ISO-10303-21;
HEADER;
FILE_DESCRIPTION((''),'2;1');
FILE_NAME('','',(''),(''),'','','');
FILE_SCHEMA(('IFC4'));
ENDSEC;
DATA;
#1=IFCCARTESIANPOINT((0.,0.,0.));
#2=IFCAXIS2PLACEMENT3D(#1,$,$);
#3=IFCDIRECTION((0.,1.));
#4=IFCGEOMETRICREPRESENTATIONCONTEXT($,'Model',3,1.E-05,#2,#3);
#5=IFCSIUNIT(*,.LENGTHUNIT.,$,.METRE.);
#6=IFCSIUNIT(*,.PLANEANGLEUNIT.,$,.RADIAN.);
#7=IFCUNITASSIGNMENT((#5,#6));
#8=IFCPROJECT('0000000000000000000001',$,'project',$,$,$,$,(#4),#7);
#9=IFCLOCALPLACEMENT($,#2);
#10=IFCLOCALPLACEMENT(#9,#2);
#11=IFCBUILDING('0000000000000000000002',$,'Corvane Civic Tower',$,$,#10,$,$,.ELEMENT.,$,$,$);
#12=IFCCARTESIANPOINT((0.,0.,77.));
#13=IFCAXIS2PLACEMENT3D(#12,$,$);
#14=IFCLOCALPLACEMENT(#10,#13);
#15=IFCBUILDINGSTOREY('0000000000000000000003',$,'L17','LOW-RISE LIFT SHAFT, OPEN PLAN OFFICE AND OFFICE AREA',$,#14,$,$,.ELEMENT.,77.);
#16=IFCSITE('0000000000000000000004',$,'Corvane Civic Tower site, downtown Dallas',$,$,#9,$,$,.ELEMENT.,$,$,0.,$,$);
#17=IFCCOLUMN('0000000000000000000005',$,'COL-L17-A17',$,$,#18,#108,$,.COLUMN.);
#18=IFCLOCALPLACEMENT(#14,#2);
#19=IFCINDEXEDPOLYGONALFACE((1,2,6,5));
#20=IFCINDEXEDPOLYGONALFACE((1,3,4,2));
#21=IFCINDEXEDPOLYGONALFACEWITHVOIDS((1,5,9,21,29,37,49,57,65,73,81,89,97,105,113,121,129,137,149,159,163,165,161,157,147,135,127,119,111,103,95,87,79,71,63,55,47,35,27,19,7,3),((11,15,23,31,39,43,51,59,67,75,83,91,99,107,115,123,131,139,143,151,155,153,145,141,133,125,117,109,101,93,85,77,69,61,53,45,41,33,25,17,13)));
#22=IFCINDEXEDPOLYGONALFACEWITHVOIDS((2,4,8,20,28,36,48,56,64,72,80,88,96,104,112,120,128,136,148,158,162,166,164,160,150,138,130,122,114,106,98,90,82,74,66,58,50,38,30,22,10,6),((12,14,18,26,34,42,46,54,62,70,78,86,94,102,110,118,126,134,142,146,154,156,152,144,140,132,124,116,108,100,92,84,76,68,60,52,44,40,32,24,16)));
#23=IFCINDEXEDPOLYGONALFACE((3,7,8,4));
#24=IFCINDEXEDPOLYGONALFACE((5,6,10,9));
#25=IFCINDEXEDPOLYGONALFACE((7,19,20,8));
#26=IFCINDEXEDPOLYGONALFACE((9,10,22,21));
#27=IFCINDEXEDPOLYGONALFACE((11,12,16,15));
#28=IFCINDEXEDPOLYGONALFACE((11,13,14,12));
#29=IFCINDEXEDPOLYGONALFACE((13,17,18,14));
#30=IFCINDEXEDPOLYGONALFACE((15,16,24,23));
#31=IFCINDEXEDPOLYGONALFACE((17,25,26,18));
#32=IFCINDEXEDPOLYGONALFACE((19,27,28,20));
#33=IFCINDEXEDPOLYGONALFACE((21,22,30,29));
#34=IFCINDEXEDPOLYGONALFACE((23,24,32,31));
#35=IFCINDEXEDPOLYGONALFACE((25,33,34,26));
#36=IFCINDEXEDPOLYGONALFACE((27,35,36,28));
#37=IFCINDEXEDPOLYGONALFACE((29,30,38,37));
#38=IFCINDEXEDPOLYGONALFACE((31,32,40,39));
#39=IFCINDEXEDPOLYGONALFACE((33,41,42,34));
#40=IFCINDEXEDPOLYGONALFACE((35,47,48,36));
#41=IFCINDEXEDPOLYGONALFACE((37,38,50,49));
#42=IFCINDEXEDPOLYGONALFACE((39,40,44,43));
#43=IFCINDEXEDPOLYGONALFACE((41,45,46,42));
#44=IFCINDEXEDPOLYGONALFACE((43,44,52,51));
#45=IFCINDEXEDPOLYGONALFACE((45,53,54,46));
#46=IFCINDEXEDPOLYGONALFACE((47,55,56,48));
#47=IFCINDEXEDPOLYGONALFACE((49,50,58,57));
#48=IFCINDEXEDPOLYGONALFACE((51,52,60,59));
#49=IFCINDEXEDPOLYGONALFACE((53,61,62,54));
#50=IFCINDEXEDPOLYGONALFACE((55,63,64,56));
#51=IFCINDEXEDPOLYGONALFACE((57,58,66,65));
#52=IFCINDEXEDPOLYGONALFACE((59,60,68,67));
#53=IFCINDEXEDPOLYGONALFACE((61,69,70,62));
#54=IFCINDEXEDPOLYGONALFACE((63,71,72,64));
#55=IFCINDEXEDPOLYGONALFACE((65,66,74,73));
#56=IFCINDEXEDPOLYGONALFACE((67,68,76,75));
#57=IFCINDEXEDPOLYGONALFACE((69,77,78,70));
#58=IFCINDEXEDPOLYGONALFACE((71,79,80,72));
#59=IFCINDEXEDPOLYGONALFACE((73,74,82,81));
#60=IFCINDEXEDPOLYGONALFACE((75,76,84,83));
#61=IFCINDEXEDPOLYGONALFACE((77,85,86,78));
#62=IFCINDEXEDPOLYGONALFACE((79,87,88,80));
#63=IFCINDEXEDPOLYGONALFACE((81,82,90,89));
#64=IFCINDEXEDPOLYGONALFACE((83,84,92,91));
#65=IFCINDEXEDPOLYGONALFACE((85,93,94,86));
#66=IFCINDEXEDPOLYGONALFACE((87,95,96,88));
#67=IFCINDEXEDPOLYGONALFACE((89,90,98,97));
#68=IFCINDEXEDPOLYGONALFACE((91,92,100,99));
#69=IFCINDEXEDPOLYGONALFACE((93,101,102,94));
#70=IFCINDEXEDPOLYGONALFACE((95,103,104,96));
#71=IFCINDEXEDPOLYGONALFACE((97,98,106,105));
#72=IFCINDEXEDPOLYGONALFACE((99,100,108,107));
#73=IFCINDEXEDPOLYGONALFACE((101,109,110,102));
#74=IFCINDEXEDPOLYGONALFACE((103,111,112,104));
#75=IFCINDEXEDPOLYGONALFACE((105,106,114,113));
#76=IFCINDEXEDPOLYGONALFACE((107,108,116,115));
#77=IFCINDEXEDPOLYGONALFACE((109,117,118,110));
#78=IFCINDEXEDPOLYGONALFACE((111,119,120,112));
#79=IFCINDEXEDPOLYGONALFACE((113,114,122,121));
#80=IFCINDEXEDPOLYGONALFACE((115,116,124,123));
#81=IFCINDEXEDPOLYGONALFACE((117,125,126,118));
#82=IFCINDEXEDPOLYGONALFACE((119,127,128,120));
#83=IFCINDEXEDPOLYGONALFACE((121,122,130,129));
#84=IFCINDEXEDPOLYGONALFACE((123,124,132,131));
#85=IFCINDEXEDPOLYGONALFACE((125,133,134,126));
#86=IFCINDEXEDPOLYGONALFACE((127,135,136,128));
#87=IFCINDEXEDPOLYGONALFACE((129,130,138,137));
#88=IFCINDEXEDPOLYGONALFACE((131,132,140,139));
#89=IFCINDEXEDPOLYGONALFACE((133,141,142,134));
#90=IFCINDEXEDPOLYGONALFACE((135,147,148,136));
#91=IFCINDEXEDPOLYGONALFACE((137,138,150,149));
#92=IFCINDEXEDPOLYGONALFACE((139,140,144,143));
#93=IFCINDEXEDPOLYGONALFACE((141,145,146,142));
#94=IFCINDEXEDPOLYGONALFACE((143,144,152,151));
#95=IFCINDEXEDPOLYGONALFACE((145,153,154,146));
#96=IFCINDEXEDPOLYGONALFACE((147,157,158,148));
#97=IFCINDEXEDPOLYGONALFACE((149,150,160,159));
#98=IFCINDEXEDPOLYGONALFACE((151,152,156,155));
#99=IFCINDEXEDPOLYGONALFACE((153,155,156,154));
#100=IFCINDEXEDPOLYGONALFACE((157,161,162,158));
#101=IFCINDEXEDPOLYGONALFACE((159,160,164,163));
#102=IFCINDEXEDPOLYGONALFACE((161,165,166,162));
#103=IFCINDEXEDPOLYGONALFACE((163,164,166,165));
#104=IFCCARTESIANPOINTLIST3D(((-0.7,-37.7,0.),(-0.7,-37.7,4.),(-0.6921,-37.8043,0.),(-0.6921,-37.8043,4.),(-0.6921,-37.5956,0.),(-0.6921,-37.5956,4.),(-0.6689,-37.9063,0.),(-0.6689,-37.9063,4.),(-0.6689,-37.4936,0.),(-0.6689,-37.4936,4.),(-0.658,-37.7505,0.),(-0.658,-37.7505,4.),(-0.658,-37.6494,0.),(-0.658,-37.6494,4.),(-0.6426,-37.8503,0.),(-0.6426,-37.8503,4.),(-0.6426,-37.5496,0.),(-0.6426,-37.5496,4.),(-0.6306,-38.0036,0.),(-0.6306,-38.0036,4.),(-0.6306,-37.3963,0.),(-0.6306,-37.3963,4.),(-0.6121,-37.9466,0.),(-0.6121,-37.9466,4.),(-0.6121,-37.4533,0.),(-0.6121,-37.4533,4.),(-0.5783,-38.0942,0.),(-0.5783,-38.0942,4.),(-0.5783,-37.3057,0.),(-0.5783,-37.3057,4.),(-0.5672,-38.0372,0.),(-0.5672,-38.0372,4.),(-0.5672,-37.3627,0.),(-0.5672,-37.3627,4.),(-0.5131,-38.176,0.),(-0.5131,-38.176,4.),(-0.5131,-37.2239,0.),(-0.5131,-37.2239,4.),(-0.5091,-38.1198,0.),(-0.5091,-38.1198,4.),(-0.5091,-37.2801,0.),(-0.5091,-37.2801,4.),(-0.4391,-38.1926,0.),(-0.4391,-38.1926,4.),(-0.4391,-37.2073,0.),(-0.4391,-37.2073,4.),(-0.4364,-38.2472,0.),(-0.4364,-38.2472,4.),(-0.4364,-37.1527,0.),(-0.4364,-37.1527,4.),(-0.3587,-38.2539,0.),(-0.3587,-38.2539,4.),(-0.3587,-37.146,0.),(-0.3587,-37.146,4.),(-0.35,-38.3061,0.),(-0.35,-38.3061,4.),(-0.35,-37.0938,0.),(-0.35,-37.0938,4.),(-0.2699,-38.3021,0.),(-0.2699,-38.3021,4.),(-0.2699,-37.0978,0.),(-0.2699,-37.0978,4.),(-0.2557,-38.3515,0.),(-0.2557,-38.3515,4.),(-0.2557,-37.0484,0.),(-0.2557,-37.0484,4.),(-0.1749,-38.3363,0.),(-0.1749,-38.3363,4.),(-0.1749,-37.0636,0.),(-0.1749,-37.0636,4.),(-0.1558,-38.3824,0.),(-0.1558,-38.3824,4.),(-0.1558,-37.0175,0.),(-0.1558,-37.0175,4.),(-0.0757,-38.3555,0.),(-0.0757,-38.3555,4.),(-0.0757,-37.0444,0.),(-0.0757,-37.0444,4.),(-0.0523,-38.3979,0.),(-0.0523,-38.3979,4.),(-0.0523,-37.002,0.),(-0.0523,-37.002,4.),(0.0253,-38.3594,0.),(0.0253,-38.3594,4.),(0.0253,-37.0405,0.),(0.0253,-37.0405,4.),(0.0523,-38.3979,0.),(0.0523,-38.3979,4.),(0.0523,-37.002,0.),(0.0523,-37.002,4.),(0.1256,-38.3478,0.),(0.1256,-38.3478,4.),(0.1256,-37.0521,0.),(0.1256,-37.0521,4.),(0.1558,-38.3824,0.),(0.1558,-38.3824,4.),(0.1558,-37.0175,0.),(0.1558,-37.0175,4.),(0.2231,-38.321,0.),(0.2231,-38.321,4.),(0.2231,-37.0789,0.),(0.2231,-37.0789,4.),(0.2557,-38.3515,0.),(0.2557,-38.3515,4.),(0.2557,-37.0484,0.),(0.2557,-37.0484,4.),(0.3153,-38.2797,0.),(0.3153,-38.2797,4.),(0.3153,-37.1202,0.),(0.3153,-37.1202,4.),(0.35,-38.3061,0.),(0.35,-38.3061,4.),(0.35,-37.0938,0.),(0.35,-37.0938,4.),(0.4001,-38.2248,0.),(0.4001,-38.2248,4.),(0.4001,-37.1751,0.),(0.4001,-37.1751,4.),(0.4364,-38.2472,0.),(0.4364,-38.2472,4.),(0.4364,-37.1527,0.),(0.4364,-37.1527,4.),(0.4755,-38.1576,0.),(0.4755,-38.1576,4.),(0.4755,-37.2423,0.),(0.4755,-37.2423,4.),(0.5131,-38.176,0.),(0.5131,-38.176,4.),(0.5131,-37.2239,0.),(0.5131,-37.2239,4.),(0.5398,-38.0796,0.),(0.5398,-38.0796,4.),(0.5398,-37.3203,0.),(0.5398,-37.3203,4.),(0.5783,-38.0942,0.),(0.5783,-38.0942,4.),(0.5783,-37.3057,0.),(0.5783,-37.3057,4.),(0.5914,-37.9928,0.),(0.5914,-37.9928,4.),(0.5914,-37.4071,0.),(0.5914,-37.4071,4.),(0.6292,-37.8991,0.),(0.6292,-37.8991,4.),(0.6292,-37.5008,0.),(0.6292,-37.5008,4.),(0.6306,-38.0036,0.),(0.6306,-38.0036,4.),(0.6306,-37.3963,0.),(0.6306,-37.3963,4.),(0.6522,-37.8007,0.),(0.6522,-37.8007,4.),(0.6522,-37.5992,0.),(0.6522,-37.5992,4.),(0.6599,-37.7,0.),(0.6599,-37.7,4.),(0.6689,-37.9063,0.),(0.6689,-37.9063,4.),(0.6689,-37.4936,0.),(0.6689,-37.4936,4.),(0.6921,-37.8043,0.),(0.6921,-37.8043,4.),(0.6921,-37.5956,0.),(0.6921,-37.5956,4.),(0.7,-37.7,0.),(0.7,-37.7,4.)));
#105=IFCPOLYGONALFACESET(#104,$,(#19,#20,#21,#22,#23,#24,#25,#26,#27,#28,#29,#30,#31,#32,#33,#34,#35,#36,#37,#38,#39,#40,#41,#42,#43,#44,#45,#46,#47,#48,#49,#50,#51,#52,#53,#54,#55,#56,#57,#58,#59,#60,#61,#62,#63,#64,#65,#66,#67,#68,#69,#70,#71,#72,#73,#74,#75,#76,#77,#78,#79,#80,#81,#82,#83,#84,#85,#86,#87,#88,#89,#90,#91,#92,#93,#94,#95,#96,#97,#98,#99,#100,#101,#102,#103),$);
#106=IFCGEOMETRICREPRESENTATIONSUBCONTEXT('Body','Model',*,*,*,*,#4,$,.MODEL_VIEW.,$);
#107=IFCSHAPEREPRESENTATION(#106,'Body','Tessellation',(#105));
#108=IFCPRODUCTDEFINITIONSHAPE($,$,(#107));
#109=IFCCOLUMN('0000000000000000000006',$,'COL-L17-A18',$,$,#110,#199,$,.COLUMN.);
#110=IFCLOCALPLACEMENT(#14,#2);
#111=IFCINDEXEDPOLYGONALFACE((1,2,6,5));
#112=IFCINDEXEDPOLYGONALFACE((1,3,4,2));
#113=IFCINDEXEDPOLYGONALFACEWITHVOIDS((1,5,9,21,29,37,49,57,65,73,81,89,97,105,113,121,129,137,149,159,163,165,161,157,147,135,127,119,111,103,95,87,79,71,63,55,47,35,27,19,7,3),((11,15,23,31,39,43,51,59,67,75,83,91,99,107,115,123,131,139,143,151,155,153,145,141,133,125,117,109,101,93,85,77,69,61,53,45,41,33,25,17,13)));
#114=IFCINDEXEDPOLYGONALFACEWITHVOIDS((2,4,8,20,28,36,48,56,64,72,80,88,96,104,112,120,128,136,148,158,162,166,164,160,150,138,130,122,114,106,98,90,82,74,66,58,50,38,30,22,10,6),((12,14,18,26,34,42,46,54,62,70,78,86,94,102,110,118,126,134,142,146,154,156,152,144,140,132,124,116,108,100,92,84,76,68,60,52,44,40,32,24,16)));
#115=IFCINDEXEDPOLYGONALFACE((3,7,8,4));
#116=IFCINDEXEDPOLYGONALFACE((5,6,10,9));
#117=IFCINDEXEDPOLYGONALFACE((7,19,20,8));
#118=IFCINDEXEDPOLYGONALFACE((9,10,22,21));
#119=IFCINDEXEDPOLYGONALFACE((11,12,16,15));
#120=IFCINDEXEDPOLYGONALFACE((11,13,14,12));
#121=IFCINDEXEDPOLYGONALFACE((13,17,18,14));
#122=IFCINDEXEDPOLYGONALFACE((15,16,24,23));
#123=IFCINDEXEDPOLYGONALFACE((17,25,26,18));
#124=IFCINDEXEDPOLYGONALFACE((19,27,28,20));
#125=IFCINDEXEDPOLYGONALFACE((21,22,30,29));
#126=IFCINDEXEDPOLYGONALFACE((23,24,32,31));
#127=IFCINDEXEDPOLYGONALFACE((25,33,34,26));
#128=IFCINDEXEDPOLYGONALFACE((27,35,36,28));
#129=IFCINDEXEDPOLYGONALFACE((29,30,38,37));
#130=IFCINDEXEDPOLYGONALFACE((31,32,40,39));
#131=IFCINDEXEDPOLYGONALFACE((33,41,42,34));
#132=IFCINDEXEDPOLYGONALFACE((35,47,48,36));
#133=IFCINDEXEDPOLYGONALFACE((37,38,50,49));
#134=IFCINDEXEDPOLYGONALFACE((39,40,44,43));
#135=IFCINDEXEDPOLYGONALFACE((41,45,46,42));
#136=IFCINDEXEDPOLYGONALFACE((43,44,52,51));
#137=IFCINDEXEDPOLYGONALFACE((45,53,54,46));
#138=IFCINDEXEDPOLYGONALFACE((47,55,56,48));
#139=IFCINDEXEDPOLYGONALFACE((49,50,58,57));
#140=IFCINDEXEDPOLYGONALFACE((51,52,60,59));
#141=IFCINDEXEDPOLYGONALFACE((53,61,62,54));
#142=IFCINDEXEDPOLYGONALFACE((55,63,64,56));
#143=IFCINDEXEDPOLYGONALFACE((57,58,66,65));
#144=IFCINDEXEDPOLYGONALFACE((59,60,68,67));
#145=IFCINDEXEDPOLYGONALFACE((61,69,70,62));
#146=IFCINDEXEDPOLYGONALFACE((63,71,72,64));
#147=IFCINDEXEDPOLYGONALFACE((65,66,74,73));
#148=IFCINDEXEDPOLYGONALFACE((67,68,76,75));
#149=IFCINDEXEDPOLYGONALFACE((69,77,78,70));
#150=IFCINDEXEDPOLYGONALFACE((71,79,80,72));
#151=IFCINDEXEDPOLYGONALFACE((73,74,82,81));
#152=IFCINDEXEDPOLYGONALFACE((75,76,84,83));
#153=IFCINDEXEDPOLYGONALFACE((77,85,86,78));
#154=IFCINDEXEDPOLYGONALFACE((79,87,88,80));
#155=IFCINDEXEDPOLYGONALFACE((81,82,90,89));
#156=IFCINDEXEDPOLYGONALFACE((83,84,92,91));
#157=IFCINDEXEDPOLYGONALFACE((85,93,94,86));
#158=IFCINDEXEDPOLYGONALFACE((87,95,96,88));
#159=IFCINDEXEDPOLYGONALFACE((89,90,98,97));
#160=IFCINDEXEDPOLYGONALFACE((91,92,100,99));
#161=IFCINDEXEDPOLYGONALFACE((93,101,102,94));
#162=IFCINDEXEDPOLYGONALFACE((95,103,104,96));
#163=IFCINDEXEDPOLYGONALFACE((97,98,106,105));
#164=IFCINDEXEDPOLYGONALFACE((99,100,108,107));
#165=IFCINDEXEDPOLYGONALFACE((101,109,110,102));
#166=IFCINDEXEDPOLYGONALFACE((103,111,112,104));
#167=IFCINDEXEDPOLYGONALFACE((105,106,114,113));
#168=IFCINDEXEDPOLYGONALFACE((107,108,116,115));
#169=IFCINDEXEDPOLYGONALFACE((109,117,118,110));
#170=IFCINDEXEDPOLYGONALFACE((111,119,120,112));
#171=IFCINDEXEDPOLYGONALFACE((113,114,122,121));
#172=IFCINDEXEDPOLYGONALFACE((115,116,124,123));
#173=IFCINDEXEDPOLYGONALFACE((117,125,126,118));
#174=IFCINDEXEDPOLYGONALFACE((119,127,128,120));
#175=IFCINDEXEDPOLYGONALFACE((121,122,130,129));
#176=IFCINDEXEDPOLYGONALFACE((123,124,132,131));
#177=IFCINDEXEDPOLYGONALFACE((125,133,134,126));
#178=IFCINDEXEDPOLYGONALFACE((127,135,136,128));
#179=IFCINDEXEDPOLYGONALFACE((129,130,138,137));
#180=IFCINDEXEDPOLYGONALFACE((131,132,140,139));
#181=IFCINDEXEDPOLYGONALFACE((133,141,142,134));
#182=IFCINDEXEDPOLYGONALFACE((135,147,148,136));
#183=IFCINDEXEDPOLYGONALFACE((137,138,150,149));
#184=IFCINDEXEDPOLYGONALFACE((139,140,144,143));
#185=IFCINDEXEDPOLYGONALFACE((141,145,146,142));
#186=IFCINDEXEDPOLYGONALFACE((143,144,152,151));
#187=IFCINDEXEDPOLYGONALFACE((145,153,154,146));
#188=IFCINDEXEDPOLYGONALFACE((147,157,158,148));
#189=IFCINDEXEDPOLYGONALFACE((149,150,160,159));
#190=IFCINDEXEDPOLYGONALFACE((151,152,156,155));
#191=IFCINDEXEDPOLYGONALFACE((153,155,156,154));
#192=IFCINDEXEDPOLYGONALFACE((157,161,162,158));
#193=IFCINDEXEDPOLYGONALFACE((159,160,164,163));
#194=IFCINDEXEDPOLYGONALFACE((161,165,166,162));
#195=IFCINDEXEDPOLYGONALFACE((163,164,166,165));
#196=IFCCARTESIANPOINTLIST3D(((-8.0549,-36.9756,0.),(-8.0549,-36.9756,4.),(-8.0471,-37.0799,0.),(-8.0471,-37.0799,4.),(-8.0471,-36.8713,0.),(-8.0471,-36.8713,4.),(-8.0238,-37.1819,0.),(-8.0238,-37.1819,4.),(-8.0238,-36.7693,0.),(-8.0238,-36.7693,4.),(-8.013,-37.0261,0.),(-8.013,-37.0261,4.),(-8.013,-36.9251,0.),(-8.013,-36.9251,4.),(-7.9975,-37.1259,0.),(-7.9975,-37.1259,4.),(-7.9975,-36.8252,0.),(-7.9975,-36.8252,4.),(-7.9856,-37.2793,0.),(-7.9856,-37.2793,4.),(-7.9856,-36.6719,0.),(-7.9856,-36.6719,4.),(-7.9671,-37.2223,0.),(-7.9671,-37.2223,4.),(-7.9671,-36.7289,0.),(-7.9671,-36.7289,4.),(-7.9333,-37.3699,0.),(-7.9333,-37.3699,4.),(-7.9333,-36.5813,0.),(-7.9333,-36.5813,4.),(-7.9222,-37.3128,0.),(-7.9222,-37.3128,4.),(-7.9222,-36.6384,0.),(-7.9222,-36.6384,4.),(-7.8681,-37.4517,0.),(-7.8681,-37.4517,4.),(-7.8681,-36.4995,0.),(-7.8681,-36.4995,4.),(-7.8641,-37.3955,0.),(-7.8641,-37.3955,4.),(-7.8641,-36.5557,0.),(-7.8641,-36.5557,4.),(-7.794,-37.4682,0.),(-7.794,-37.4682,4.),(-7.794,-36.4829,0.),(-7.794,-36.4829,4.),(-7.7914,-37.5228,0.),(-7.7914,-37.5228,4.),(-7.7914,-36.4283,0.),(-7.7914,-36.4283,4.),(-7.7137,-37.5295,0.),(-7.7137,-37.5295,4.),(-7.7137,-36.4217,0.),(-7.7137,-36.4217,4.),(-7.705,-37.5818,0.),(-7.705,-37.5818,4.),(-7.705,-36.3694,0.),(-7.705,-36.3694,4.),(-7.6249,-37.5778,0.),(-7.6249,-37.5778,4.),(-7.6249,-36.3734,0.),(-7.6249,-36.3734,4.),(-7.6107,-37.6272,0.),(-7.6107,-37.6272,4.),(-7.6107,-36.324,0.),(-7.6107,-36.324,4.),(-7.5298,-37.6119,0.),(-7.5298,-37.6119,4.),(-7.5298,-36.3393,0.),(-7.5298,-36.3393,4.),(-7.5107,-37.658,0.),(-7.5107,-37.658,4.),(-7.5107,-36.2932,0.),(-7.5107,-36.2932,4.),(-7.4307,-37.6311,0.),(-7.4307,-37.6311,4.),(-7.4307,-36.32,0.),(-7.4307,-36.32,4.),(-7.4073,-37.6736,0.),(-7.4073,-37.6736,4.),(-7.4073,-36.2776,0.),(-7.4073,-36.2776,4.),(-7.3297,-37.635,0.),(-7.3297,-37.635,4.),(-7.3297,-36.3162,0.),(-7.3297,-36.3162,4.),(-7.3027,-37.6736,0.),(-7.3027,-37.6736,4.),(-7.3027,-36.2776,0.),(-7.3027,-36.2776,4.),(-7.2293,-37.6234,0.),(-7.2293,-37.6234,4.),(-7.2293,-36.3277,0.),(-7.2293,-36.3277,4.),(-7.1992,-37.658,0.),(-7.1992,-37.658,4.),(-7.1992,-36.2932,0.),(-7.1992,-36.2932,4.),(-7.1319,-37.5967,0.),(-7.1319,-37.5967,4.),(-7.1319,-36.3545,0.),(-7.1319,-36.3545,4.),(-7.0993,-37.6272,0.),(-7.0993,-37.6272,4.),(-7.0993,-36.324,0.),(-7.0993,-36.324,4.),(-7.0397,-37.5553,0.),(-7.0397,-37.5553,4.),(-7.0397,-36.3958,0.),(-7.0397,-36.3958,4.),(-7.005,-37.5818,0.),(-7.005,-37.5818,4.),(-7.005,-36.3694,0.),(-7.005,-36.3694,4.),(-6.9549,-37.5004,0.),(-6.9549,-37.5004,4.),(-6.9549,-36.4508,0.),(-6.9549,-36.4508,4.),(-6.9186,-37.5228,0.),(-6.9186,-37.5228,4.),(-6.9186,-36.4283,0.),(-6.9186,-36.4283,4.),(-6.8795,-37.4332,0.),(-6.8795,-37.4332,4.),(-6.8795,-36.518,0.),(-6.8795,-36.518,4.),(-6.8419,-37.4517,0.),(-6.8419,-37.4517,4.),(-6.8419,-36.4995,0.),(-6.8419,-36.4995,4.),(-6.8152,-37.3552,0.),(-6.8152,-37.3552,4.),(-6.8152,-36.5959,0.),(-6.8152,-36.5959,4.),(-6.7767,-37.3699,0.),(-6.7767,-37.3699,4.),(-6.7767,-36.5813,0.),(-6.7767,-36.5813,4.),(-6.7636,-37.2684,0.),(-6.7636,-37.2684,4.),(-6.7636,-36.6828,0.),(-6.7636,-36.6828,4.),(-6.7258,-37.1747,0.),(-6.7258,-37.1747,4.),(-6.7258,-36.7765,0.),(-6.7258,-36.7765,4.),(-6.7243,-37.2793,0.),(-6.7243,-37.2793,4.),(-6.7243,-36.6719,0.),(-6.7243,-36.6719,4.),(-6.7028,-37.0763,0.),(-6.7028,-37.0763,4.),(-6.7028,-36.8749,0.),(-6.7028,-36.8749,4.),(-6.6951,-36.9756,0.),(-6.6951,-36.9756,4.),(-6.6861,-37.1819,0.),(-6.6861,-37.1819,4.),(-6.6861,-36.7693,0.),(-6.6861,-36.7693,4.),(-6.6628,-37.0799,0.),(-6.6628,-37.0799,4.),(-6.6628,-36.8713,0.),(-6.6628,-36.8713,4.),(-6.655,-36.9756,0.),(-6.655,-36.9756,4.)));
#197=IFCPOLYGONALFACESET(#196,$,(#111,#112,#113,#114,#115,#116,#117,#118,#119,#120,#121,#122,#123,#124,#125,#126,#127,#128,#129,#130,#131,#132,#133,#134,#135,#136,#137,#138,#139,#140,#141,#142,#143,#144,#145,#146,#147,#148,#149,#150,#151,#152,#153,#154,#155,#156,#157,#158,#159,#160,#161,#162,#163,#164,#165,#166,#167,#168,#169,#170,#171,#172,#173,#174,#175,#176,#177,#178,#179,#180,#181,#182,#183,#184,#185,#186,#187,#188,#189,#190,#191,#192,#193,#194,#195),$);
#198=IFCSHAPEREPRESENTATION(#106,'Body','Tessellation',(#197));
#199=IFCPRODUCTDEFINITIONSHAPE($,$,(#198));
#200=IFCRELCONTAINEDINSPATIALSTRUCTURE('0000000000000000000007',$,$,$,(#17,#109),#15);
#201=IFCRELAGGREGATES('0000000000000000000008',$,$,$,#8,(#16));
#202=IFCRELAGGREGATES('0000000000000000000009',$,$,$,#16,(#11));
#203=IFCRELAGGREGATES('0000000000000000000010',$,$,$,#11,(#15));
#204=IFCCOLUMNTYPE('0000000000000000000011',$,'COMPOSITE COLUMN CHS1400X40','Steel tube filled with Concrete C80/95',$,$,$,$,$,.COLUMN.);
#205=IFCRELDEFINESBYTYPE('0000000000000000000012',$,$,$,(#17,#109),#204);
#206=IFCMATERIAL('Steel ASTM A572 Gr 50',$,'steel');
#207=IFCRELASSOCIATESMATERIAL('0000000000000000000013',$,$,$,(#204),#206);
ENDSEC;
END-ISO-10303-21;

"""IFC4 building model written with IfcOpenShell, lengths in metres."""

from ifc_helpers import new_model, si_unit, direction, frame, origin, origin_2d, place, context, subcontext, project, spatial, hollow_circle, extrude, material, material_profile, profile_set, type_object, element, save


model = new_model("IFC4")

# Units and contexts
model_context = context("Model", 3, precision=1e-05, world=origin(), true_north=direction((0.0, 1.0)))
body_context = subcontext(model_context, "Body", "Model", "MODEL_VIEW")
ifc_project = project(units=[si_unit("LENGTHUNIT", "METRE"), si_unit("PLANEANGLEUNIT", "RADIAN")], contexts=[model_context])

# Site, building, storey
site_placement = place(None, origin())
site = spatial("IfcSite", under=ifc_project, at=site_placement, Name="Corvane Civic Tower site, downtown Dallas", CompositionType="ELEMENT", RefElevation=0.0)
building_placement = place(site_placement, origin())
building = spatial("IfcBuilding", under=site, at=building_placement, Name="Corvane Civic Tower", CompositionType="ELEMENT")
storey_placement = place(building_placement, frame((0.0, 0.0, 77.0)))
storey = spatial("IfcBuildingStorey", under=building, at=storey_placement, Name="L17", Description="LOW-RISE LIFT SHAFT, OPEN PLAN OFFICE AND OFFICE AREA", CompositionType="ELEMENT", Elevation=77.0)

# Columns
ifc_material_1 = material(Name="Steel ASTM A572 Gr 50", Category="steel")
ifc_material_profile_1 = material_profile(ifc_material_1, hollow_circle(Radius=0.7, WallThickness=0.04, at=origin_2d()), Name="CHS1400X40")
ifc_profile_set_1 = profile_set([ifc_material_profile_1], Name="Steel ASTM A572 Gr 50")
column_type = type_object("IfcColumnType", Name="COMPOSITE COLUMN CHS1400X40", Description="Steel tube filled with Concrete C80/95", PredefinedType="COLUMN", material=ifc_profile_set_1)
for number, where, z_axis, x_axis, name in (
    (1, (0.0, -37.7, 0.0), (0.0, 0.0, 1.0), (1.0, 0.0, 0.0), "COL-L17-A17"),
    (2, (-7.355, -36.9756, 0.0), (0.0, 0.0, 1.0), (1.0, 0.0, 0.0), "COL-L17-A18"),
):
    element("IfcColumn", number, at=place(storey_placement, frame(where, z_axis=z_axis, x_axis=x_axis)), inside=storey, type_object=column_type, Name=name, PredefinedType="COLUMN", context=body_context, shape_type="SweptSolid", body=[
        extrude(hollow_circle(Radius=0.7, WallThickness=0.04, at=origin_2d()), origin(), (0.0, 0.0, 1.0), 4.0),
    ])

save(model, "model.ifc")
